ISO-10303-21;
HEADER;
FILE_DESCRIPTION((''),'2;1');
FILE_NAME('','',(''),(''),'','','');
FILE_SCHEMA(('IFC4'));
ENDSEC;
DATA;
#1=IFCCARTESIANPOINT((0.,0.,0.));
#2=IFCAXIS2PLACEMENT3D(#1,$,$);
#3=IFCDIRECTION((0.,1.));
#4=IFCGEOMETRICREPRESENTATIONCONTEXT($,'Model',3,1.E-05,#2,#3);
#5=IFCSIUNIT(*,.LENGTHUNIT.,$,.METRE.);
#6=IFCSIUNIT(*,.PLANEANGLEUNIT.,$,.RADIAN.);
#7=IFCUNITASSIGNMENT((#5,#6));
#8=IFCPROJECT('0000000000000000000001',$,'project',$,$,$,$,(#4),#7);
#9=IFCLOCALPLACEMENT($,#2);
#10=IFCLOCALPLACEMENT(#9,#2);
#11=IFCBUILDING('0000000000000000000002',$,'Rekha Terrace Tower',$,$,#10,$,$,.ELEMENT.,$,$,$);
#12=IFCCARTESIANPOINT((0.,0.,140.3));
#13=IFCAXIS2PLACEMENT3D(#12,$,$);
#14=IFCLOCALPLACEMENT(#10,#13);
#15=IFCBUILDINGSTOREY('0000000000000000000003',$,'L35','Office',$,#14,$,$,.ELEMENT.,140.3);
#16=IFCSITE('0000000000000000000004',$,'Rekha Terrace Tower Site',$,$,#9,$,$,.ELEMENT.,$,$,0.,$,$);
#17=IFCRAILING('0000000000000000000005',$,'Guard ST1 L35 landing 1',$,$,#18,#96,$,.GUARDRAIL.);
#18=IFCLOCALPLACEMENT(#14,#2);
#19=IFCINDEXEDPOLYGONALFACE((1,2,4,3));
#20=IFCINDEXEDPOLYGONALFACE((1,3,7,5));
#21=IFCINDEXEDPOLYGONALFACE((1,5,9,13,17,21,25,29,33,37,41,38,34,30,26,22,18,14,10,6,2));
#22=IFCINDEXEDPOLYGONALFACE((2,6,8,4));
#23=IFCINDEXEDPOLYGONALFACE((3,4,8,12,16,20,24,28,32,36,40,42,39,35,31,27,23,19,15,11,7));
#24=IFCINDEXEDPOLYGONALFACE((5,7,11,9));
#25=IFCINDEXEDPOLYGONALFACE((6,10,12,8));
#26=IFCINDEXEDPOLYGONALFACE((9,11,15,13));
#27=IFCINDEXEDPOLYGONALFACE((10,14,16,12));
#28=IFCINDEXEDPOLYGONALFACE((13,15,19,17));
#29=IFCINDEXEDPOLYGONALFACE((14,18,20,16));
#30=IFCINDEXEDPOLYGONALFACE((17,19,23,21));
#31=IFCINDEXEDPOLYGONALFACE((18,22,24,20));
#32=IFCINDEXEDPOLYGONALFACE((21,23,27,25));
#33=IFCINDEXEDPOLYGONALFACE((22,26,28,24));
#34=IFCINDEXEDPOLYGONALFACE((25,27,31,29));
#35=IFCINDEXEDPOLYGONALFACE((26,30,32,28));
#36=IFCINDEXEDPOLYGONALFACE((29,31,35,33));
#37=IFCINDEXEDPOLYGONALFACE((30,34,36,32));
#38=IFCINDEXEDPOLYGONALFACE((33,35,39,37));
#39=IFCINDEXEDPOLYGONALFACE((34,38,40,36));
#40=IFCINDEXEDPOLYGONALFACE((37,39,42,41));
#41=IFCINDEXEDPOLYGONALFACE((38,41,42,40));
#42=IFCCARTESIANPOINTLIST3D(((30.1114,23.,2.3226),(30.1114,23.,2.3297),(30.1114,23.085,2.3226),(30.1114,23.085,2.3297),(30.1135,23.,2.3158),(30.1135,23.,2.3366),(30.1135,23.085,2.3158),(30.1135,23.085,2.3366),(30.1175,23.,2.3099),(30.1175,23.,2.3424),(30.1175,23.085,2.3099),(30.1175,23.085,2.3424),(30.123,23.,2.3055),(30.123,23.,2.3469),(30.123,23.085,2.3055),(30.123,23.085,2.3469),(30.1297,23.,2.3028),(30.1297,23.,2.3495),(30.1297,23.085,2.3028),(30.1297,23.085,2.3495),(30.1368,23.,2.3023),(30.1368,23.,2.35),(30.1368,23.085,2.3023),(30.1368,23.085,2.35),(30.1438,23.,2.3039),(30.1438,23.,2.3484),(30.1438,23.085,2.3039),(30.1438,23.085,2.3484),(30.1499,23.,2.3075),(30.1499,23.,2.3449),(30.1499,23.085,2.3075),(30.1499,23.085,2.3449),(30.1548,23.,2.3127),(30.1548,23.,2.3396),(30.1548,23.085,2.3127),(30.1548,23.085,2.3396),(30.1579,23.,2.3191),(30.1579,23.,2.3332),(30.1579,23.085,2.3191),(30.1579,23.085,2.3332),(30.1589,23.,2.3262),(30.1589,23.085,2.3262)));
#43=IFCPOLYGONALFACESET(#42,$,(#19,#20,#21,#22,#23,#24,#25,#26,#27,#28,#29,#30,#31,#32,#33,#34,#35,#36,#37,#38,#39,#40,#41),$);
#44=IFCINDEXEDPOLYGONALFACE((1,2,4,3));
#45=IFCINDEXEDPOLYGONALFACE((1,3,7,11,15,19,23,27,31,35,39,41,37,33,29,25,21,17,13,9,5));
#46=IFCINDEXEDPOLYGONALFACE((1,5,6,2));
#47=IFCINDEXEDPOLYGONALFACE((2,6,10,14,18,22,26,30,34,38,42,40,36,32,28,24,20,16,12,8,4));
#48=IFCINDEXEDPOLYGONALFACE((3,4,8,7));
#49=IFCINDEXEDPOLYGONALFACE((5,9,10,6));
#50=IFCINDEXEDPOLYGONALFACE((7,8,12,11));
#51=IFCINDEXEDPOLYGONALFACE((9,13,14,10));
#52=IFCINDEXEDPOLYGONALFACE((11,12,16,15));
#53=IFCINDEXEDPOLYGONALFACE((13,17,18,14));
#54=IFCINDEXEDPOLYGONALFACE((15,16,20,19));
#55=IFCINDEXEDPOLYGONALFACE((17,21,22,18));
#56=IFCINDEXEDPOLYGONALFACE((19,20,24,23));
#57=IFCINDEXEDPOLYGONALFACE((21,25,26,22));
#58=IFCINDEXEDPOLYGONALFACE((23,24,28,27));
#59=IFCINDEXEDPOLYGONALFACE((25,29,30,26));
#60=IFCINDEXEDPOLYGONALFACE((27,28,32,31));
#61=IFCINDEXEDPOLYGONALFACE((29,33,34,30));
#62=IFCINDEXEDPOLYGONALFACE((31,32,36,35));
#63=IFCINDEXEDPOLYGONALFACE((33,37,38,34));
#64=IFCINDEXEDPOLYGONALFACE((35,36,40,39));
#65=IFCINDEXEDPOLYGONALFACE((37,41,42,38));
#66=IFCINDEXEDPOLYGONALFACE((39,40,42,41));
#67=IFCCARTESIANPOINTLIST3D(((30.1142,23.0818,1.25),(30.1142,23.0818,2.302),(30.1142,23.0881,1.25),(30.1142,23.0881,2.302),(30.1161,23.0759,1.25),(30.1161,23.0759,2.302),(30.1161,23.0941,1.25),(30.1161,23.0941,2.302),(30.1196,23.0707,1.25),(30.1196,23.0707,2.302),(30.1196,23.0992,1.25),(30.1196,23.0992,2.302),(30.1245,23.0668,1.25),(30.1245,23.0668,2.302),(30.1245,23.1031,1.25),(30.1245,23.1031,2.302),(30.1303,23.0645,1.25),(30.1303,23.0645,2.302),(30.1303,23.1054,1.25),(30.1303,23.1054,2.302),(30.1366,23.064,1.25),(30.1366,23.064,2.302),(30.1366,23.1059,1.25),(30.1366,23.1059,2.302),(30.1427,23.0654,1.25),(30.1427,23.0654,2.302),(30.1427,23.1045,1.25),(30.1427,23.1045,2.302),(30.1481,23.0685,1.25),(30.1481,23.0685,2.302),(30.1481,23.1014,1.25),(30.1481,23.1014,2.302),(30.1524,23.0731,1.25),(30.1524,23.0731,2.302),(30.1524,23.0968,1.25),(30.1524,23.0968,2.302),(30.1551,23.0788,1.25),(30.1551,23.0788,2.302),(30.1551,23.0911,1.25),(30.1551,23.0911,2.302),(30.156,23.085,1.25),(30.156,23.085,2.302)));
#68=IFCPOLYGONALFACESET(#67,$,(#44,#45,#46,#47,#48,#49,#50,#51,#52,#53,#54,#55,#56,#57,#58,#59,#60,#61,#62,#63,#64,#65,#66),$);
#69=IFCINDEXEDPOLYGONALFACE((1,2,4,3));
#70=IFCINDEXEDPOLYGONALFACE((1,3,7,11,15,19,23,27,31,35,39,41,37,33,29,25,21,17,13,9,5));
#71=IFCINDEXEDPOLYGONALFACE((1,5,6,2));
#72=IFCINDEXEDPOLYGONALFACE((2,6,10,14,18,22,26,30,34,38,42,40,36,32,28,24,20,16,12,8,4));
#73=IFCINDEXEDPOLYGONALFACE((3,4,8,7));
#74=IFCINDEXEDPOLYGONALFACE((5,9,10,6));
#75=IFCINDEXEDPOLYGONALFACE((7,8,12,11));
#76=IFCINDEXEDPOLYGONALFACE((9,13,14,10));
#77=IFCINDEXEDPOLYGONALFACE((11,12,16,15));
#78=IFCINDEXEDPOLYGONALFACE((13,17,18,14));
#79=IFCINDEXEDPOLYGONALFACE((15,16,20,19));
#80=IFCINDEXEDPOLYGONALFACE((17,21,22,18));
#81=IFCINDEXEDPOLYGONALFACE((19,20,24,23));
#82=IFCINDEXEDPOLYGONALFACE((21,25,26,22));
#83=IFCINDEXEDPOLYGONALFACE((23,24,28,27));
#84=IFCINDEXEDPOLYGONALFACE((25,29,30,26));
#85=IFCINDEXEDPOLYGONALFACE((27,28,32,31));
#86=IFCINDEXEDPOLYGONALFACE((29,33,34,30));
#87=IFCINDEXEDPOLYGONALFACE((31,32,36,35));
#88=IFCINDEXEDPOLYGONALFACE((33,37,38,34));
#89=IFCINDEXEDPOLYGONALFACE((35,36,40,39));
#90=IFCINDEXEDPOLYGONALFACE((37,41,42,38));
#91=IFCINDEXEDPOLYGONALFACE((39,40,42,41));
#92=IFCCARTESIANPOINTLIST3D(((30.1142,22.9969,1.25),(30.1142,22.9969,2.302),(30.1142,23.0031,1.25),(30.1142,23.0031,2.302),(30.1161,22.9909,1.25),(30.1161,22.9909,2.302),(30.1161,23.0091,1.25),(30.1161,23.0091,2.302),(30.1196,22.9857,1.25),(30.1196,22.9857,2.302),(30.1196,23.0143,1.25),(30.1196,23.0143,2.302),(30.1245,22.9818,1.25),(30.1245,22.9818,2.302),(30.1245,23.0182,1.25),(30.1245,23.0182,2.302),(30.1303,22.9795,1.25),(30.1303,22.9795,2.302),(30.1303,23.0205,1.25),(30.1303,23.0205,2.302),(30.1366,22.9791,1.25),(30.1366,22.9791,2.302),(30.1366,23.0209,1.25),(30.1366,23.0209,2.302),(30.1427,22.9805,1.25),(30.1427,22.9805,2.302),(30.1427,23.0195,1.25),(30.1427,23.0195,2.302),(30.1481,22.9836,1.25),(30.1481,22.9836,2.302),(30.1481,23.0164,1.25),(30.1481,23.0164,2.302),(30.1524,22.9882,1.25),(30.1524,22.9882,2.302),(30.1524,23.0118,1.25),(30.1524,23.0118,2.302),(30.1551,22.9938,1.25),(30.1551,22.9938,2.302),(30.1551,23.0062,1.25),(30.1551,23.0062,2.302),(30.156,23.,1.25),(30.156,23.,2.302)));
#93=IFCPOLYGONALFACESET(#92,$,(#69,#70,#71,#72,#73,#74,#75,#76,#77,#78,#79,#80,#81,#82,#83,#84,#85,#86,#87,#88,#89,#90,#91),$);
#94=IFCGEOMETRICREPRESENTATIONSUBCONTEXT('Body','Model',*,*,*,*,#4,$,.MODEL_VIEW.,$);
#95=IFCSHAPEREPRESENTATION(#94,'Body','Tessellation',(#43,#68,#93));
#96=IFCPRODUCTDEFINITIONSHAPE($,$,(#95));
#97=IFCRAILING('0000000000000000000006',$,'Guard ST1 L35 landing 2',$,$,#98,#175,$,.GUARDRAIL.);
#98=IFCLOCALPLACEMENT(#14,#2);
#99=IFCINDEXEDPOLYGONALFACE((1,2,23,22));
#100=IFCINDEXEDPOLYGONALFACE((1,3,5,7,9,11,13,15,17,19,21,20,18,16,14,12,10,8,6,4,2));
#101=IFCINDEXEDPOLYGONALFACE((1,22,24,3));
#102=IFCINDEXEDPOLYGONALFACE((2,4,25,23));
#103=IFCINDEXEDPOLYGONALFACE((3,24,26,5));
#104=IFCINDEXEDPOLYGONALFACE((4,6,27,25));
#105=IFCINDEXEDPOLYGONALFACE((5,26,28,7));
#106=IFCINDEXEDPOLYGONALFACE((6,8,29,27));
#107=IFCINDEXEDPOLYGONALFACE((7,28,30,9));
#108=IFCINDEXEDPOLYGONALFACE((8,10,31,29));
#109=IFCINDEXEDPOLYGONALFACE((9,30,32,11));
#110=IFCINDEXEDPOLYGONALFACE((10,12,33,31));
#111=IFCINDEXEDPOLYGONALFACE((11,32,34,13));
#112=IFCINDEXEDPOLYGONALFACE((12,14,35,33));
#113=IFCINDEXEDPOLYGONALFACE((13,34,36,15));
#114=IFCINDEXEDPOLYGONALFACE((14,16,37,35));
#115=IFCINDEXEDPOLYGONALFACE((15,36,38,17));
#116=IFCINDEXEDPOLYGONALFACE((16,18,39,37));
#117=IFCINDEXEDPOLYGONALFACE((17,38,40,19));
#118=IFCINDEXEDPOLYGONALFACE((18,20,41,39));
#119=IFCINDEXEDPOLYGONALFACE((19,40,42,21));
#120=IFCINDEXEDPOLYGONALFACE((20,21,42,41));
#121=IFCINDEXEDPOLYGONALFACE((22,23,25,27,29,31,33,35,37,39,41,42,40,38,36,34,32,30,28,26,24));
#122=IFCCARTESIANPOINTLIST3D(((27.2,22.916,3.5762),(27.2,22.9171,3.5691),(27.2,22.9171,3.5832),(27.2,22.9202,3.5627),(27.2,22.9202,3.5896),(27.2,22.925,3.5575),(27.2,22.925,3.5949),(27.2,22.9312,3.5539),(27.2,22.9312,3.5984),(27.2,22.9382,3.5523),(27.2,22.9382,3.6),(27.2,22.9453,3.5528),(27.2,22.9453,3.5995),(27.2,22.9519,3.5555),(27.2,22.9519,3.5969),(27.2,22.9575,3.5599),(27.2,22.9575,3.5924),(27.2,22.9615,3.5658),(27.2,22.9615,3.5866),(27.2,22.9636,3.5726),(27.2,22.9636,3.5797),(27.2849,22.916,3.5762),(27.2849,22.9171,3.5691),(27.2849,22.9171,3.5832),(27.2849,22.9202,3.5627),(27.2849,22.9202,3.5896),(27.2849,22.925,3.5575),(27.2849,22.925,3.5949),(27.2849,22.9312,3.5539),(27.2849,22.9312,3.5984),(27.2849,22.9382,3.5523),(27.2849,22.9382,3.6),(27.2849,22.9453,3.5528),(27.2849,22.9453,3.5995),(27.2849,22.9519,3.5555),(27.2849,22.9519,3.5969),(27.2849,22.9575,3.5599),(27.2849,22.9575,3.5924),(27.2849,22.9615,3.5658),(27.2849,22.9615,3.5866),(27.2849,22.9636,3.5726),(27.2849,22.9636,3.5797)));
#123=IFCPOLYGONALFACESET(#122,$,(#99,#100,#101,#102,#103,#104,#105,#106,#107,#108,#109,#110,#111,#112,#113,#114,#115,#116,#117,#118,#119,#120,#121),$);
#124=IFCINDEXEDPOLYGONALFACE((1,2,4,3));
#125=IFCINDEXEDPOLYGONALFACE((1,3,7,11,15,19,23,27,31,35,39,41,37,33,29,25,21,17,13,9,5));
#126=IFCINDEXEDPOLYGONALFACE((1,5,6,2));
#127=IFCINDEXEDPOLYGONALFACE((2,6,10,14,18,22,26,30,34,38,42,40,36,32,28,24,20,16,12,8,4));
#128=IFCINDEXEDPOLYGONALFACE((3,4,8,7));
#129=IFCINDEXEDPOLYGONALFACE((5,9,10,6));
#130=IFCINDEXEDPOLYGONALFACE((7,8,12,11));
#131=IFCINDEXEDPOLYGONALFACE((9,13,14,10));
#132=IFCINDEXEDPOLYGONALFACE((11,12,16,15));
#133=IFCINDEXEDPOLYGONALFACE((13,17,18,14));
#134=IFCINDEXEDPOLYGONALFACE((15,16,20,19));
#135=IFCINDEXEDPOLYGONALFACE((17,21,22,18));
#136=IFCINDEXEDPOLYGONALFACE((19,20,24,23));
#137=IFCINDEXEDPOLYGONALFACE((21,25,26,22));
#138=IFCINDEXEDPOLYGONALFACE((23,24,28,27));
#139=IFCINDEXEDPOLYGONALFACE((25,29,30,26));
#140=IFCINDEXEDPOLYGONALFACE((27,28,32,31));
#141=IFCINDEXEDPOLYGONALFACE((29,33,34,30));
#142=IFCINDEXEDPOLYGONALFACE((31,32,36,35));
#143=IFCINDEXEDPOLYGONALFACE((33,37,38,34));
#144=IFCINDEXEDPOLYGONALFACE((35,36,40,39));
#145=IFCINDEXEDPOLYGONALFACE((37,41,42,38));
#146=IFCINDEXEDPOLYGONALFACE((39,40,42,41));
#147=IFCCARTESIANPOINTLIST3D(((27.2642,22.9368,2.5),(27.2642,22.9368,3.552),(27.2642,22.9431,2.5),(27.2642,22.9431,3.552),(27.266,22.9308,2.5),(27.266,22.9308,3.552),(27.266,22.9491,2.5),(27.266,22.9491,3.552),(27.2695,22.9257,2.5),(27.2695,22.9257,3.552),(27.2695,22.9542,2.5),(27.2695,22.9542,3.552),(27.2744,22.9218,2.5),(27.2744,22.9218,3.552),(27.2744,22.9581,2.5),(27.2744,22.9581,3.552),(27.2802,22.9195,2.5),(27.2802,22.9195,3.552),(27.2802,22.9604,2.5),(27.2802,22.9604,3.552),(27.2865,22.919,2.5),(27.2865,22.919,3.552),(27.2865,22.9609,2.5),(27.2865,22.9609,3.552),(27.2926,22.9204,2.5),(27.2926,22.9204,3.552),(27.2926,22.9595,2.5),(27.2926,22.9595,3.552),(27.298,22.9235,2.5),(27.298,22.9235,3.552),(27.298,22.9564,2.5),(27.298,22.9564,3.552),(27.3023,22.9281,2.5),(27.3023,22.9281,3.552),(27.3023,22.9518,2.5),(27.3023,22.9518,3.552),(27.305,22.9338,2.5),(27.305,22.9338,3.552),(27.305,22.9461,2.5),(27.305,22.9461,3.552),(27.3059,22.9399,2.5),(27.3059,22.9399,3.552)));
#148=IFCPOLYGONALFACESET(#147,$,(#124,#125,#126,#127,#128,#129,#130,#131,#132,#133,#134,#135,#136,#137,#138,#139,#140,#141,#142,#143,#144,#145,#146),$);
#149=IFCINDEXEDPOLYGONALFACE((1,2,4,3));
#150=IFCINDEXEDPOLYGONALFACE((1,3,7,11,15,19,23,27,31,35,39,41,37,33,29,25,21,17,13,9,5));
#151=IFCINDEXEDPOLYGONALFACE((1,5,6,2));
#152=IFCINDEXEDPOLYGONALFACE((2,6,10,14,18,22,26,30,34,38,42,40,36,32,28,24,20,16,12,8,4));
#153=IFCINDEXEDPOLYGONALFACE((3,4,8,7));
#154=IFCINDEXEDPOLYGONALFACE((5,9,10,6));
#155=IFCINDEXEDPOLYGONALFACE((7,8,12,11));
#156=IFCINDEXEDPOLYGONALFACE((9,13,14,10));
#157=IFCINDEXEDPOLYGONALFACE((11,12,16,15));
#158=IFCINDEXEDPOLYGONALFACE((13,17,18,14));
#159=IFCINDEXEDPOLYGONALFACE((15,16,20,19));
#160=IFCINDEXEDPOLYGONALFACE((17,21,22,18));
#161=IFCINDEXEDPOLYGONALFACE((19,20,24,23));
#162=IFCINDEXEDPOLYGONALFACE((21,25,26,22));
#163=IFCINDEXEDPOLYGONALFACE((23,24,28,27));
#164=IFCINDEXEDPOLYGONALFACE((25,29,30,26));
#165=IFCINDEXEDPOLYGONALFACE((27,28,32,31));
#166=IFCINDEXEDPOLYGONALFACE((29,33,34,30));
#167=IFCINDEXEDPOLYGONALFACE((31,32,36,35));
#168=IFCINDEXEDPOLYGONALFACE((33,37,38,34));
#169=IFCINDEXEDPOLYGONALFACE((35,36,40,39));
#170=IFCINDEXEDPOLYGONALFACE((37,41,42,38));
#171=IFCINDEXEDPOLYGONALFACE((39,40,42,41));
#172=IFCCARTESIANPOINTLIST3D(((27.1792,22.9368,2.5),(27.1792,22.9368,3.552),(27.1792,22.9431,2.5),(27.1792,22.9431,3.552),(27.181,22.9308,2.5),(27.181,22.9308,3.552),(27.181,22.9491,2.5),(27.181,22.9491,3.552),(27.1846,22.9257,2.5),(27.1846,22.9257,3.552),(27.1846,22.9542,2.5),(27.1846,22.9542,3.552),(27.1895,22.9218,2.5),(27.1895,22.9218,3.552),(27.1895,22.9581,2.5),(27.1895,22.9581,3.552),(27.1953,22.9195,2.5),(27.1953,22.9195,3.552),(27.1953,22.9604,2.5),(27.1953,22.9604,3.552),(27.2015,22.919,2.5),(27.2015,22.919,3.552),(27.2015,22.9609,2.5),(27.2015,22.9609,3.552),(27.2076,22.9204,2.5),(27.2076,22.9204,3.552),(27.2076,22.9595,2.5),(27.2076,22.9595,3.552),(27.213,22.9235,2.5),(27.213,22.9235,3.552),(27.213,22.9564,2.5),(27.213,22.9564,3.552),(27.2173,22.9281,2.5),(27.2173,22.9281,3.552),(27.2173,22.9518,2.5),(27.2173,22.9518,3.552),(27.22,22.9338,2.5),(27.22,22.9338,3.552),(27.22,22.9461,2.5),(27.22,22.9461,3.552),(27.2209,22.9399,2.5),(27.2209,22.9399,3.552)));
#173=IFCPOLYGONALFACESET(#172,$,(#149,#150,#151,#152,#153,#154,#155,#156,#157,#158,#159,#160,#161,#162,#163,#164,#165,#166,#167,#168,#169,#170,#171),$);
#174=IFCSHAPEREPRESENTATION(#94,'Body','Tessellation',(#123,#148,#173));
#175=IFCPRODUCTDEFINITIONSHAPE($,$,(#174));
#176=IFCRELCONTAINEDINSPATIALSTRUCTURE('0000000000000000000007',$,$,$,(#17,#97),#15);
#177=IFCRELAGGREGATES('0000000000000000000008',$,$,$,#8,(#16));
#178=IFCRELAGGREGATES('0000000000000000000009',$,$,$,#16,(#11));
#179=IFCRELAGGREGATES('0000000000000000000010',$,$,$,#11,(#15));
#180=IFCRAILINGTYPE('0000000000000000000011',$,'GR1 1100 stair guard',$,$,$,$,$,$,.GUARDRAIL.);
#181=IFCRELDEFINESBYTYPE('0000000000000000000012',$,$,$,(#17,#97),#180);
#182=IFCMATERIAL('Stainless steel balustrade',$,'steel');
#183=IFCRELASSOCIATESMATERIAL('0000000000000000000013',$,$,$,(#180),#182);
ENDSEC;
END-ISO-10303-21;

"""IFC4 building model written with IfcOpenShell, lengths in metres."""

from ifc_helpers import new_model, si_unit, direction, frame, origin, origin_2d, place, context, subcontext, project, spatial, circle, extrude, material, type_object, element, save


model = new_model("IFC4")

# Units and contexts
model_context = context("Model", 3, precision=1e-05, world=origin(), true_north=direction((0.0, 1.0)))
body_context = subcontext(model_context, "Body", "Model", "MODEL_VIEW")
ifc_project = project(units=[si_unit("LENGTHUNIT", "METRE"), si_unit("PLANEANGLEUNIT", "RADIAN")], contexts=[model_context])

# Site, building, storey
site_placement = place(None, origin())
site = spatial("IfcSite", under=ifc_project, at=site_placement, Name="Rekha Terrace Tower Site", CompositionType="ELEMENT", RefElevation=0.0)
building_placement = place(site_placement, origin())
building = spatial("IfcBuilding", under=site, at=building_placement, Name="Rekha Terrace Tower", CompositionType="ELEMENT")
storey_placement = place(building_placement, frame((0.0, 0.0, 140.3)))
storey = spatial("IfcBuildingStorey", under=building, at=storey_placement, Name="L35", Description="Office", CompositionType="ELEMENT", Elevation=140.3)

# Railings
ifc_material_1 = material(Name="Stainless steel balustrade", Category="steel")
railing_type_1 = type_object("IfcRailingType", Name="GR1 1100 stair guard", PredefinedType="GUARDRAIL", material=ifc_material_1)
railing_1_placement = place(storey_placement, frame((30.135, 23.085, 1.25)))
element("IfcRailing", 1, at=railing_1_placement, inside=storey, type_object=railing_type_1, Name="Guard ST1 L35 landing 1", PredefinedType="GUARDRAIL", context=body_context, shape_type="SweptSolid", body=[
    extrude(circle(Radius=0.0239, at=origin_2d()), frame((0.0, 0.0, 1.0762), z_axis=(0.0, -1.0, 0.0), x_axis=(1.0, 0.0, 0.0)), (0.0, 0.0, 1.0), 0.085),
    extrude(circle(Radius=0.021, at=origin_2d()), origin(), (0.0, 0.0, 1.0), 1.052),
    extrude(circle(Radius=0.021, at=origin_2d()), frame((0.0, -0.085, 0.0)), (0.0, 0.0, 1.0), 1.052),
])
railing_2_placement = place(storey_placement, frame((27.2849, 22.9399, 2.5)))
element("IfcRailing", 2, at=railing_2_placement, inside=storey, type_object=railing_type_1, Name="Guard ST1 L35 landing 2", PredefinedType="GUARDRAIL", context=body_context, shape_type="SweptSolid", body=[
    extrude(circle(Radius=0.0239, at=origin_2d()), frame((0.0, 0.0, 1.0762), z_axis=(-1.0, 0.0, 0.0), x_axis=(0.0, -1.0, 0.0)), (0.0, 0.0, 1.0), 0.085),
    extrude(circle(Radius=0.021, at=origin_2d()), origin(), (0.0, 0.0, 1.0), 1.052),
    extrude(circle(Radius=0.021, at=origin_2d()), frame((-0.085, 0.0, 0.0)), (0.0, 0.0, 1.0), 1.052),
])

save(model, "model.ifc")
